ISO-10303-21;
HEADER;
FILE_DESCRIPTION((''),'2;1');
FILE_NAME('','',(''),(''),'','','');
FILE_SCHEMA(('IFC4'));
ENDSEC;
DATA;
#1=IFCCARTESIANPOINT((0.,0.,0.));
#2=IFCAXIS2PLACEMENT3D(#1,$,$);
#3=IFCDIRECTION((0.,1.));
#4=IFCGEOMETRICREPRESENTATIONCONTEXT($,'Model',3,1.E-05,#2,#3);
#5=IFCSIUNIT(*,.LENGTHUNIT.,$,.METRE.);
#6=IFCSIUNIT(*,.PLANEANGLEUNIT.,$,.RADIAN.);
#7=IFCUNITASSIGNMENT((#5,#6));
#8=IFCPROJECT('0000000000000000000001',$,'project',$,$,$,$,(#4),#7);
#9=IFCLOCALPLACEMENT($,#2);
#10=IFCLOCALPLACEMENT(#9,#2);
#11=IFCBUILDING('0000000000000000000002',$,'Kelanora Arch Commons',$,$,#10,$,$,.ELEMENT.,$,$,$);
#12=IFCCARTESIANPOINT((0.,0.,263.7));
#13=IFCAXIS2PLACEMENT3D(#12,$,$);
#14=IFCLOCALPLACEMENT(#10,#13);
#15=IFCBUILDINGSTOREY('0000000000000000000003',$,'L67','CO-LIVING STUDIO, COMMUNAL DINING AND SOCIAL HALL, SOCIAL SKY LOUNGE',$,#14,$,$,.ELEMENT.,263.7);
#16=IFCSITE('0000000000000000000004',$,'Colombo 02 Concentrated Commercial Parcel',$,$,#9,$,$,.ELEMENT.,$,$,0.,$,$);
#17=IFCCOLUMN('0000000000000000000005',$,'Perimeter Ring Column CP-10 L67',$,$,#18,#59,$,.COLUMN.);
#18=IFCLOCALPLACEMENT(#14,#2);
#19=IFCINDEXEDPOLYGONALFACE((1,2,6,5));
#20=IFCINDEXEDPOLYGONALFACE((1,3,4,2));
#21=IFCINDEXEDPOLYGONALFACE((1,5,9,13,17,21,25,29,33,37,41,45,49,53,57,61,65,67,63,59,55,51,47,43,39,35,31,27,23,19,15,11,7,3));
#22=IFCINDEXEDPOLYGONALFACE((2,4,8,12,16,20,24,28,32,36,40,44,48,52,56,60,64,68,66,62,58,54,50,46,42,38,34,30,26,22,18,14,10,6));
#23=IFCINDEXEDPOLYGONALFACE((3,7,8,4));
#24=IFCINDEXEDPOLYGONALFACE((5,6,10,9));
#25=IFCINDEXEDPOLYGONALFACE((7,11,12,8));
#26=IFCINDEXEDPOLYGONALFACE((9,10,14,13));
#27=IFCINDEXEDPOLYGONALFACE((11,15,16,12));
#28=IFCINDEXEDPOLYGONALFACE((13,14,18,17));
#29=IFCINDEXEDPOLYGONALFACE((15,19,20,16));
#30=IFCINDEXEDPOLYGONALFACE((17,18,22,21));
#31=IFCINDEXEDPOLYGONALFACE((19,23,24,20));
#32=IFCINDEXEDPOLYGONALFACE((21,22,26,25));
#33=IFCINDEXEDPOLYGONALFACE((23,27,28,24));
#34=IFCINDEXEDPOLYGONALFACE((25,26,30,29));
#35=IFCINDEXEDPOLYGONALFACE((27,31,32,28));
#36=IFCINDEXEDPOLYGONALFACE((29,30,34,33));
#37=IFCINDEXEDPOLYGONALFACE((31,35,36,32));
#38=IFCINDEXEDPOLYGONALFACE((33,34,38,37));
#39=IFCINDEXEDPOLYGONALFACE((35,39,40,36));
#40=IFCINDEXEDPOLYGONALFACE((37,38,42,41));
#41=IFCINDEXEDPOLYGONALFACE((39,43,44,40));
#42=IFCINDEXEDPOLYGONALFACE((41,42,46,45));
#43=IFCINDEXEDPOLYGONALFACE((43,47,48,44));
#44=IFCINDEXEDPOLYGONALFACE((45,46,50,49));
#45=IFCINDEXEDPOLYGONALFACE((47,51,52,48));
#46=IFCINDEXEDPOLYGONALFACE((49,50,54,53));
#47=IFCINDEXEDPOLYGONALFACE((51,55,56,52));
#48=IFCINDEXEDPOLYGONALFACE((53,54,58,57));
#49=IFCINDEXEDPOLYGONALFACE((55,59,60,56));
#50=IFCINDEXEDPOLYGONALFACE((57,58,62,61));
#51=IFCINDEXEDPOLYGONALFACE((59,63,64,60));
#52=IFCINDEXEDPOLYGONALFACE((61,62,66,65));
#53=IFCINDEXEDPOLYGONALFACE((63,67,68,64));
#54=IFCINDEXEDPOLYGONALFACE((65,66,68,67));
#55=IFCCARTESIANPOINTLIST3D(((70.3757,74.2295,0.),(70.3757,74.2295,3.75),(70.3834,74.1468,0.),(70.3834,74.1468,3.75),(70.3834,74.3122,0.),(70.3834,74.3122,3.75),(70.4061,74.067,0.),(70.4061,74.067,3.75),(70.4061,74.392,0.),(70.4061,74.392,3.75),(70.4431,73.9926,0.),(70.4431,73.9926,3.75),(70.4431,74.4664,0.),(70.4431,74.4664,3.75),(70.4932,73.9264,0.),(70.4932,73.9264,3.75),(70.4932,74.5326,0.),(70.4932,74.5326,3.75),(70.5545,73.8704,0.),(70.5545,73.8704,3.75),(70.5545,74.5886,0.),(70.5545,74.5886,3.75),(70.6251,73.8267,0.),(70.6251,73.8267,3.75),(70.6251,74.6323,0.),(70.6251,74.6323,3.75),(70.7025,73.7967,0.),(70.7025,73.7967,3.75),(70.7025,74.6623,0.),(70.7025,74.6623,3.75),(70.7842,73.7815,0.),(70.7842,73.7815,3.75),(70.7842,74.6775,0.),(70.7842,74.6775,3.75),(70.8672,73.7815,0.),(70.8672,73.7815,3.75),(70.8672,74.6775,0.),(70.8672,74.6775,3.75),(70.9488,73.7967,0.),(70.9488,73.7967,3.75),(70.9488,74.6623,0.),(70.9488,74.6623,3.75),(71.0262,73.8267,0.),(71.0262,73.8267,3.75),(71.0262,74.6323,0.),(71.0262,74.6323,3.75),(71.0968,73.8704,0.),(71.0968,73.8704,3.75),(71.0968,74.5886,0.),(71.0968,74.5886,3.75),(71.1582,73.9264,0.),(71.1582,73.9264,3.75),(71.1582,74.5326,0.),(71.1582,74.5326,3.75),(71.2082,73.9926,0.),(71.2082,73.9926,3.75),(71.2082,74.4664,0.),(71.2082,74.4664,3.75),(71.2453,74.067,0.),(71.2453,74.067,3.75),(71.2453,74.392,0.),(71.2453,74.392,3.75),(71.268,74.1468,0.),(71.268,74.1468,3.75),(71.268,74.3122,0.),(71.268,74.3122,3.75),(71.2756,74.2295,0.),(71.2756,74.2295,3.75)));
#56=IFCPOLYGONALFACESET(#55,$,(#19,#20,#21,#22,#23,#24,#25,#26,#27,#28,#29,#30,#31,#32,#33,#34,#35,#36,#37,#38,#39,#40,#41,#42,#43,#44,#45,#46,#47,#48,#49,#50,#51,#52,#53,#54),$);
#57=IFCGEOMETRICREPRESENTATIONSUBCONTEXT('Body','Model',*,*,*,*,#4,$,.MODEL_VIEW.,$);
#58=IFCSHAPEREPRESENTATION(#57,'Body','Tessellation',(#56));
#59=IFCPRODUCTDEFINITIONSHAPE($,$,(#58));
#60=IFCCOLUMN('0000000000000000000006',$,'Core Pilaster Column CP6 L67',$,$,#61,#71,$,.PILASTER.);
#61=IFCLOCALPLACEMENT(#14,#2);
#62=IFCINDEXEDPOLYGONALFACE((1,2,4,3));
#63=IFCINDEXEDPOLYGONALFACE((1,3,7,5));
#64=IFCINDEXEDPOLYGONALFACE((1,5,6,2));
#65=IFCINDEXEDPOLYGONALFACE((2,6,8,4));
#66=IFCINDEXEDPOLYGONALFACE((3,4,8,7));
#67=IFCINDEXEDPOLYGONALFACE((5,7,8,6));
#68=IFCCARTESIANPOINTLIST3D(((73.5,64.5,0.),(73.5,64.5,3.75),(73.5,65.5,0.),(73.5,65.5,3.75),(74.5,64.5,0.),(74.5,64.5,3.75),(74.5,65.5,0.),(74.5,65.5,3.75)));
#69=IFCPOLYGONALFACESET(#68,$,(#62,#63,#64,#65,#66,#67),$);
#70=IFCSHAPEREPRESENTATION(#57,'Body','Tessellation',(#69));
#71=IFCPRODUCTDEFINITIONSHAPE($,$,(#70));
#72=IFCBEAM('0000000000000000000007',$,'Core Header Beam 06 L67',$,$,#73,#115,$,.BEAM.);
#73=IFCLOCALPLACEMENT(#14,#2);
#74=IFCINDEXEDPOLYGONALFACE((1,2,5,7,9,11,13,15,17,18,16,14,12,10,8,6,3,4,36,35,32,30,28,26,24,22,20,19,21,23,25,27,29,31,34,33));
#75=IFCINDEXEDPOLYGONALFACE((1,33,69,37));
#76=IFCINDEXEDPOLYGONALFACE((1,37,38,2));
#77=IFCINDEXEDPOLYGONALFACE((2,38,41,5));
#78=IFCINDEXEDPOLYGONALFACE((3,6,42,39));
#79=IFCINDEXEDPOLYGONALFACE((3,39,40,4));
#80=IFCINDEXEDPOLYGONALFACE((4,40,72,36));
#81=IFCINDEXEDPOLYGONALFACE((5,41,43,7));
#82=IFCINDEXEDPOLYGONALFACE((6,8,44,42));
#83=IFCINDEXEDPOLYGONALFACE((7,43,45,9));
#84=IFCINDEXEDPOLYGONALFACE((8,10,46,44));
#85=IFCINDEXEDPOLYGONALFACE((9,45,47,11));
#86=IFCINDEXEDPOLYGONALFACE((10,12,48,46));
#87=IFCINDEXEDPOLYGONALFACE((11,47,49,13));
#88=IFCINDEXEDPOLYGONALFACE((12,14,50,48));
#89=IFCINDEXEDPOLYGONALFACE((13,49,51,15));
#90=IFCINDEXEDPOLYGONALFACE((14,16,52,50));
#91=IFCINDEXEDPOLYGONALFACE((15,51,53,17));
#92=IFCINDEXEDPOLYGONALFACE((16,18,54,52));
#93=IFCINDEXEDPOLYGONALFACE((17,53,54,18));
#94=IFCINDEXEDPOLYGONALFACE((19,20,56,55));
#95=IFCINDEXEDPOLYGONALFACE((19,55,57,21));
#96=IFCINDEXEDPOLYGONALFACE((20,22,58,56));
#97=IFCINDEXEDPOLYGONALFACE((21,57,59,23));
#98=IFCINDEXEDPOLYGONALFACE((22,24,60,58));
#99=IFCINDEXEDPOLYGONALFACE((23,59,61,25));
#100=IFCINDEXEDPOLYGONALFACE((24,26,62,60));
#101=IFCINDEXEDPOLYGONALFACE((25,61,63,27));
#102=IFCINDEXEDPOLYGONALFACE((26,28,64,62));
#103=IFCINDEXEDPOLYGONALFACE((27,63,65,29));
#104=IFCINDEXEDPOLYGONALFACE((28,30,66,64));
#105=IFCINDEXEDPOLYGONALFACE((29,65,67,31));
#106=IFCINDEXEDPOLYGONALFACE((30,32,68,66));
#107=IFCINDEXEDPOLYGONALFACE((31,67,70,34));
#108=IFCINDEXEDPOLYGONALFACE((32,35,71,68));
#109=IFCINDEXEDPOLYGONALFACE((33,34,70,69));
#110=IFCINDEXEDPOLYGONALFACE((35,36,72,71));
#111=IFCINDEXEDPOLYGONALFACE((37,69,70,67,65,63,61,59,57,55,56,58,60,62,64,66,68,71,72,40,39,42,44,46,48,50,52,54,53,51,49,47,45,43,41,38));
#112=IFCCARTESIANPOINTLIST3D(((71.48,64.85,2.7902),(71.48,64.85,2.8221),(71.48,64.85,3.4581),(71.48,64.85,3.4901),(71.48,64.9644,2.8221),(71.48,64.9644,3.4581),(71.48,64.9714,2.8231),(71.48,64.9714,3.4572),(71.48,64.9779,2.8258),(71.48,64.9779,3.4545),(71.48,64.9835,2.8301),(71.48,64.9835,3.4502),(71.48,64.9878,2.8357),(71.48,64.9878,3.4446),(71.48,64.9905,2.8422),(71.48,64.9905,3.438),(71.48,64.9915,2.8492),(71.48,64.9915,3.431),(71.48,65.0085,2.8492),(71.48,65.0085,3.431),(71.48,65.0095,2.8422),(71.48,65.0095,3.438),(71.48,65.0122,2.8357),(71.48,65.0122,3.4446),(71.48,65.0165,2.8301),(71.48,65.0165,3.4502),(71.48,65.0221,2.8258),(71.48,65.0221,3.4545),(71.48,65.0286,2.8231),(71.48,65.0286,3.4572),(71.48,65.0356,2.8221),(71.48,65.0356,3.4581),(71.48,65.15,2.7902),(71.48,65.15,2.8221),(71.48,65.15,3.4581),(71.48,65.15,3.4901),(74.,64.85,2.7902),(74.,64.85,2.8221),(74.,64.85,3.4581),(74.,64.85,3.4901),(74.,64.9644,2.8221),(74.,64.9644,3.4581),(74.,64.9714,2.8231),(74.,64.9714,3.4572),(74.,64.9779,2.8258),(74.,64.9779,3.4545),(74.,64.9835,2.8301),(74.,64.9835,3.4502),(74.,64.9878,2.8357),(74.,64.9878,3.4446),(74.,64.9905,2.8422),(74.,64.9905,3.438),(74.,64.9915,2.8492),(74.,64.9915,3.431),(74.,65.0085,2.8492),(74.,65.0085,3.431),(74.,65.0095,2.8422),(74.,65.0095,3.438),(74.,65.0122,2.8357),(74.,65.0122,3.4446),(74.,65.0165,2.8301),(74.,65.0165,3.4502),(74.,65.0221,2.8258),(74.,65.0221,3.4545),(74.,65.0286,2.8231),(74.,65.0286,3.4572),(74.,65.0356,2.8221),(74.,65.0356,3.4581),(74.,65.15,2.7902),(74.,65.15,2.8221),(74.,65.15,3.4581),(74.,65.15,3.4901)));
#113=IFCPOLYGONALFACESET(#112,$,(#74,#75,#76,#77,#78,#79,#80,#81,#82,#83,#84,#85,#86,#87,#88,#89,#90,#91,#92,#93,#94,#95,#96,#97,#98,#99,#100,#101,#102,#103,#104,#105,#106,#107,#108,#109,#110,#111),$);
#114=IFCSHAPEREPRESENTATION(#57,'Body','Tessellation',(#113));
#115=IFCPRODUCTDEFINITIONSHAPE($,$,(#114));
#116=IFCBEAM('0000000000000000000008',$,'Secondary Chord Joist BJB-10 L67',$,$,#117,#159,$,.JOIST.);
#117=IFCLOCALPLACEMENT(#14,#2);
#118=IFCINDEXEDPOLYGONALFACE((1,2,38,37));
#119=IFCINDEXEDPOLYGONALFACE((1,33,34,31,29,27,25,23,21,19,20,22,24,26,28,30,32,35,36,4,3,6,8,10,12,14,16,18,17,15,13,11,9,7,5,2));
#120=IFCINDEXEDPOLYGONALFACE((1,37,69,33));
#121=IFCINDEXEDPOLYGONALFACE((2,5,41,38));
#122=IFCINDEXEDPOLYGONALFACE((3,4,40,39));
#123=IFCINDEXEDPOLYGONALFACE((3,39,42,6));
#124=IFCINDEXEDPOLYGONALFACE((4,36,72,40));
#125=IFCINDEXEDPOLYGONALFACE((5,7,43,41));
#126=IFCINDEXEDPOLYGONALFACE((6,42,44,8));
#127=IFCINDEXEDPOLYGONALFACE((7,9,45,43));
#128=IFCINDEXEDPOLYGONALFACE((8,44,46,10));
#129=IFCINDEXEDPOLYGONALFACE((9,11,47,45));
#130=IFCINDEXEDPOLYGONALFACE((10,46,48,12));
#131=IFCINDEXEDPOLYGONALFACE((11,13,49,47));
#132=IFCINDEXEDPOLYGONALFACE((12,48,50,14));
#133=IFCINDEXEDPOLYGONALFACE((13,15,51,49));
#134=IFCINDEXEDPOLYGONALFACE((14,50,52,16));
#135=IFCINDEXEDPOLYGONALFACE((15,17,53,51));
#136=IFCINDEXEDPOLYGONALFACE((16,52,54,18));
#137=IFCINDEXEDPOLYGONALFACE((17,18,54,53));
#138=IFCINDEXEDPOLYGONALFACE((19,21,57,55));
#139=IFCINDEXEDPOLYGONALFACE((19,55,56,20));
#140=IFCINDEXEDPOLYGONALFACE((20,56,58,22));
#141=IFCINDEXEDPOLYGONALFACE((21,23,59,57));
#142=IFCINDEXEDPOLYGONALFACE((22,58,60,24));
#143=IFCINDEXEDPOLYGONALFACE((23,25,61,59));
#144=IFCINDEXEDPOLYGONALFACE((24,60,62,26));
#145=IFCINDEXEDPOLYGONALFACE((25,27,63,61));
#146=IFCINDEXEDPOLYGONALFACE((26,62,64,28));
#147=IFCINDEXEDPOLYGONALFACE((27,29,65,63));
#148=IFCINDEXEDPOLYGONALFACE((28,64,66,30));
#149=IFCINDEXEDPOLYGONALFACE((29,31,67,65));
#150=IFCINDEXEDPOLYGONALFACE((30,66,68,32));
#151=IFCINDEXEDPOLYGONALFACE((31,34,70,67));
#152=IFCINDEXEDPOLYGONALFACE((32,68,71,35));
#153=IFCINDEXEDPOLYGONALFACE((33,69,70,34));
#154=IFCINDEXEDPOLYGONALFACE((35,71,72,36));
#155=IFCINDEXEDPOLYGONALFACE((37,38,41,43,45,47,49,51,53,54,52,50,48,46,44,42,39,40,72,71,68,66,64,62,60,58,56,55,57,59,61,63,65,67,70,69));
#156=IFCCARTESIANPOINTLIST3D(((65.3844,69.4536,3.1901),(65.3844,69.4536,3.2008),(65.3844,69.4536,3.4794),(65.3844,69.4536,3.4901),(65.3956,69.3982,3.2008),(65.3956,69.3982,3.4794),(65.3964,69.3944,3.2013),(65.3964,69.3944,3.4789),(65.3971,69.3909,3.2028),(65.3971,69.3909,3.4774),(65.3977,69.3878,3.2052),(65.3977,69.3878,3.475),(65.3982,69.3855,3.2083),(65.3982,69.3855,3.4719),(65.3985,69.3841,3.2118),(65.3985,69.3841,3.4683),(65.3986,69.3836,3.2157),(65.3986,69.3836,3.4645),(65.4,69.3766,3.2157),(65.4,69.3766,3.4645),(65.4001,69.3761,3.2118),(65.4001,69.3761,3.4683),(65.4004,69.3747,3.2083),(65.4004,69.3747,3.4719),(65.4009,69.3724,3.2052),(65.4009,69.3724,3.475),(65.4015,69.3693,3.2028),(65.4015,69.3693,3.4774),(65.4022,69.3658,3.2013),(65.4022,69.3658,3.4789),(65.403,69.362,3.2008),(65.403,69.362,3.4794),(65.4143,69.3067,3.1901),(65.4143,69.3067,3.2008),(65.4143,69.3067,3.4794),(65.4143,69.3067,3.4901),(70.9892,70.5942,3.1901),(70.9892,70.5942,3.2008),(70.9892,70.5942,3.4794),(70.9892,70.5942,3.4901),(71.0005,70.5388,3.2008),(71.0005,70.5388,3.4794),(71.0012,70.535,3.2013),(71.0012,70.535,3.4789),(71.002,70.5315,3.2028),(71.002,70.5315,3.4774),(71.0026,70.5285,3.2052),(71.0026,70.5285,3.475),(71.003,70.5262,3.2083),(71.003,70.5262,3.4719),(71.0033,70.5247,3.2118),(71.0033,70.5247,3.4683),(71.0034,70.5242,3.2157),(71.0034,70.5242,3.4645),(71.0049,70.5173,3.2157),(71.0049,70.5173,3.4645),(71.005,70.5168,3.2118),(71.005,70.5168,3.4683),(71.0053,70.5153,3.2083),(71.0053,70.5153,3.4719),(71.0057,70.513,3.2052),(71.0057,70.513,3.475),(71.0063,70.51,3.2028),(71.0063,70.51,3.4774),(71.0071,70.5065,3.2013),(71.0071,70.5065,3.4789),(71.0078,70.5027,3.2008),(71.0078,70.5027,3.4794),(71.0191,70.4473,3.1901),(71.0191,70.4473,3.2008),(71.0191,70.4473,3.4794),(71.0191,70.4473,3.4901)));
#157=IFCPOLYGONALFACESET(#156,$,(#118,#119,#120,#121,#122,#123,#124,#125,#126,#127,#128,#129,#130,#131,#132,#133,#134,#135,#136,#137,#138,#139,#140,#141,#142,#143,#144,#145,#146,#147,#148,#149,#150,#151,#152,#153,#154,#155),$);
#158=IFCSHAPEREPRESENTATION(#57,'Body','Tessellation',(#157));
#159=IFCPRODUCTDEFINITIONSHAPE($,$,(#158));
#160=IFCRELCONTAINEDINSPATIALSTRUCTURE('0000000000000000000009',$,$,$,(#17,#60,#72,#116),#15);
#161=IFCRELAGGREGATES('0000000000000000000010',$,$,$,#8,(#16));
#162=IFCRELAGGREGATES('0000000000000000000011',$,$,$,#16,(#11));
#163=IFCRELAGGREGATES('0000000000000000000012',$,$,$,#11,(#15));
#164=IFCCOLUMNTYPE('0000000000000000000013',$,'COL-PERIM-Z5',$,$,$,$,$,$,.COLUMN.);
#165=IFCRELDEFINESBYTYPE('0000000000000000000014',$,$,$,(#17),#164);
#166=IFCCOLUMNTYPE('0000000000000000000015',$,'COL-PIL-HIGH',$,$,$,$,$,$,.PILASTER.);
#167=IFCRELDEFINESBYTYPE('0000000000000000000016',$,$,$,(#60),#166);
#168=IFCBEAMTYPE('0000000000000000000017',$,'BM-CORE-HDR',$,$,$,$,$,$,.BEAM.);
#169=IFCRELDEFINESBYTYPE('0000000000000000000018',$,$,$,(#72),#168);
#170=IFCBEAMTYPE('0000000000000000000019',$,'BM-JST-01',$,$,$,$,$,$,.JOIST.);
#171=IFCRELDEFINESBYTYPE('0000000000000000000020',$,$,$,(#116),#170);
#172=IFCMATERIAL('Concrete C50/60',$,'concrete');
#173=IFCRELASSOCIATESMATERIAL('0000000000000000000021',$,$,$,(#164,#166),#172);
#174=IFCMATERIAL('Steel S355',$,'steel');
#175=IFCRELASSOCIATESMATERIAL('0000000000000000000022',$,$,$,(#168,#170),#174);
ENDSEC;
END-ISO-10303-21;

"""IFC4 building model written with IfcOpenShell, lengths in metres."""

from ifc_helpers import new_model, si_unit, direction, frame, origin, origin_2d, place, context, subcontext, project, spatial, rectangle, circle, i_section, extrude, material, material_profile, profile_set, type_object, element, save


model = new_model("IFC4")

# Units and contexts
model_context = context("Model", 3, precision=1e-05, world=origin(), true_north=direction((0.0, 1.0)))
body_context = subcontext(model_context, "Body", "Model", "MODEL_VIEW")
ifc_project = project(units=[si_unit("LENGTHUNIT", "METRE"), si_unit("PLANEANGLEUNIT", "RADIAN")], contexts=[model_context])

# Site, building, storey
site_placement = place(None, origin())
site = spatial("IfcSite", under=ifc_project, at=site_placement, Name="Colombo 02 Concentrated Commercial Parcel", CompositionType="ELEMENT", RefElevation=0.0)
building_placement = place(site_placement, origin())
building = spatial("IfcBuilding", under=site, at=building_placement, Name="Kelanora Arch Commons", CompositionType="ELEMENT")
storey_placement = place(building_placement, frame((0.0, 0.0, 263.7)))
storey = spatial("IfcBuildingStorey", under=building, at=storey_placement, Name="L67", Description="CO-LIVING STUDIO, COMMUNAL DINING AND SOCIAL HALL, SOCIAL SKY LOUNGE", CompositionType="ELEMENT", Elevation=263.7)

# Columns
ifc_material_1 = material(Name="Concrete C50/60", Category="concrete")
ifc_material_profile_1 = material_profile(ifc_material_1, circle(Radius=0.45, at=origin_2d()), Name="RCC900")
ifc_profile_set_1 = profile_set([ifc_material_profile_1], Name="Concrete C50/60")
column_type_1 = type_object("IfcColumnType", Name="COL-PERIM-Z5", PredefinedType="COLUMN", material=ifc_profile_set_1)
column_1_placement = place(storey_placement, frame((70.8257, 74.2295, 0.0), z_axis=(0.0, 0.0, 1.0), x_axis=(1.0, 0.0, 0.0)))
element("IfcColumn", 1, at=column_1_placement, inside=storey, type_object=column_type_1, Name="Perimeter Ring Column CP-10 L67", PredefinedType="COLUMN", context=body_context, shape_type="SweptSolid", body=[
    extrude(circle(Radius=0.45, at=origin_2d()), origin(), (0.0, 0.0, 1.0), 3.75),
])
ifc_material_profile_2 = material_profile(ifc_material_1, rectangle(XDim=1.0, YDim=1.0, at=origin_2d()), Name="RC1000x1000")
ifc_profile_set_2 = profile_set([ifc_material_profile_2], Name="Concrete C50/60")
column_type_2 = type_object("IfcColumnType", Name="COL-PIL-HIGH", PredefinedType="PILASTER", material=ifc_profile_set_2)
column_2_placement = place(storey_placement, frame((74.0, 65.0, 0.0), z_axis=(0.0, 0.0, 1.0), x_axis=(1.0, 0.0, 0.0)))
element("IfcColumn", 2, at=column_2_placement, inside=storey, type_object=column_type_2, Name="Core Pilaster Column CP6 L67", PredefinedType="PILASTER", context=body_context, shape_type="SweptSolid", body=[
    extrude(rectangle(XDim=1.0, YDim=1.0, at=origin_2d()), origin(), (0.0, 0.0, 1.0), 3.75),
])

# Beams
ifc_material_2 = material(Name="Steel S355", Category="steel")
ifc_material_profile_3 = material_profile(ifc_material_2, i_section(OverallWidth=0.3, OverallDepth=0.7, WebThickness=0.0171, FlangeThickness=0.032, FilletRadius=0.0271, at=origin_2d()), Name="HEB700")
ifc_profile_set_3 = profile_set([ifc_material_profile_3], Name="Steel S355")
beam_type_1 = type_object("IfcBeamType", Name="BM-CORE-HDR", PredefinedType="BEAM", material=ifc_profile_set_3)
beam_1_placement = place(storey_placement, frame((74.0, 65.0, 3.1401), z_axis=(-1.0, 0.0, 0.0), x_axis=(0.0, -1.0, 0.0)))
element("IfcBeam", 3, at=beam_1_placement, inside=storey, type_object=beam_type_1, Name="Core Header Beam 06 L67", PredefinedType="BEAM", context=body_context, shape_type="SweptSolid", body=[
    extrude(i_section(OverallWidth=0.3, OverallDepth=0.7, WebThickness=0.0171, FlangeThickness=0.032, FilletRadius=0.0271, at=origin_2d()), origin(), (0.0, 0.0, 1.0), 2.52),
])
ifc_material_profile_4 = material_profile(ifc_material_2, i_section(OverallWidth=0.1499, OverallDepth=0.3, WebThickness=0.0071, FlangeThickness=0.0107, FilletRadius=0.0149, at=origin_2d()), Name="IPE300")
ifc_profile_set_4 = profile_set([ifc_material_profile_4], Name="Steel S355")
beam_type_2 = type_object("IfcBeamType", Name="BM-JST-01", PredefinedType="JOIST", material=ifc_profile_set_4)
beam_2_placement = place(storey_placement, frame((71.0042, 70.5208, 3.3401), z_axis=(-0.979913, -0.199423, 0.0), x_axis=(0.199423, -0.979913, 0.0)))
element("IfcBeam", 4, at=beam_2_placement, inside=storey, type_object=beam_type_2, Name="Secondary Chord Joist BJB-10 L67", PredefinedType="JOIST", context=body_context, shape_type="SweptSolid", body=[
    extrude(i_section(OverallWidth=0.1499, OverallDepth=0.3, WebThickness=0.0071, FlangeThickness=0.0107, FilletRadius=0.0149, at=origin_2d()), origin(), (0.0, 0.0, 1.0), 5.7197),
])

save(model, "model.ifc")
